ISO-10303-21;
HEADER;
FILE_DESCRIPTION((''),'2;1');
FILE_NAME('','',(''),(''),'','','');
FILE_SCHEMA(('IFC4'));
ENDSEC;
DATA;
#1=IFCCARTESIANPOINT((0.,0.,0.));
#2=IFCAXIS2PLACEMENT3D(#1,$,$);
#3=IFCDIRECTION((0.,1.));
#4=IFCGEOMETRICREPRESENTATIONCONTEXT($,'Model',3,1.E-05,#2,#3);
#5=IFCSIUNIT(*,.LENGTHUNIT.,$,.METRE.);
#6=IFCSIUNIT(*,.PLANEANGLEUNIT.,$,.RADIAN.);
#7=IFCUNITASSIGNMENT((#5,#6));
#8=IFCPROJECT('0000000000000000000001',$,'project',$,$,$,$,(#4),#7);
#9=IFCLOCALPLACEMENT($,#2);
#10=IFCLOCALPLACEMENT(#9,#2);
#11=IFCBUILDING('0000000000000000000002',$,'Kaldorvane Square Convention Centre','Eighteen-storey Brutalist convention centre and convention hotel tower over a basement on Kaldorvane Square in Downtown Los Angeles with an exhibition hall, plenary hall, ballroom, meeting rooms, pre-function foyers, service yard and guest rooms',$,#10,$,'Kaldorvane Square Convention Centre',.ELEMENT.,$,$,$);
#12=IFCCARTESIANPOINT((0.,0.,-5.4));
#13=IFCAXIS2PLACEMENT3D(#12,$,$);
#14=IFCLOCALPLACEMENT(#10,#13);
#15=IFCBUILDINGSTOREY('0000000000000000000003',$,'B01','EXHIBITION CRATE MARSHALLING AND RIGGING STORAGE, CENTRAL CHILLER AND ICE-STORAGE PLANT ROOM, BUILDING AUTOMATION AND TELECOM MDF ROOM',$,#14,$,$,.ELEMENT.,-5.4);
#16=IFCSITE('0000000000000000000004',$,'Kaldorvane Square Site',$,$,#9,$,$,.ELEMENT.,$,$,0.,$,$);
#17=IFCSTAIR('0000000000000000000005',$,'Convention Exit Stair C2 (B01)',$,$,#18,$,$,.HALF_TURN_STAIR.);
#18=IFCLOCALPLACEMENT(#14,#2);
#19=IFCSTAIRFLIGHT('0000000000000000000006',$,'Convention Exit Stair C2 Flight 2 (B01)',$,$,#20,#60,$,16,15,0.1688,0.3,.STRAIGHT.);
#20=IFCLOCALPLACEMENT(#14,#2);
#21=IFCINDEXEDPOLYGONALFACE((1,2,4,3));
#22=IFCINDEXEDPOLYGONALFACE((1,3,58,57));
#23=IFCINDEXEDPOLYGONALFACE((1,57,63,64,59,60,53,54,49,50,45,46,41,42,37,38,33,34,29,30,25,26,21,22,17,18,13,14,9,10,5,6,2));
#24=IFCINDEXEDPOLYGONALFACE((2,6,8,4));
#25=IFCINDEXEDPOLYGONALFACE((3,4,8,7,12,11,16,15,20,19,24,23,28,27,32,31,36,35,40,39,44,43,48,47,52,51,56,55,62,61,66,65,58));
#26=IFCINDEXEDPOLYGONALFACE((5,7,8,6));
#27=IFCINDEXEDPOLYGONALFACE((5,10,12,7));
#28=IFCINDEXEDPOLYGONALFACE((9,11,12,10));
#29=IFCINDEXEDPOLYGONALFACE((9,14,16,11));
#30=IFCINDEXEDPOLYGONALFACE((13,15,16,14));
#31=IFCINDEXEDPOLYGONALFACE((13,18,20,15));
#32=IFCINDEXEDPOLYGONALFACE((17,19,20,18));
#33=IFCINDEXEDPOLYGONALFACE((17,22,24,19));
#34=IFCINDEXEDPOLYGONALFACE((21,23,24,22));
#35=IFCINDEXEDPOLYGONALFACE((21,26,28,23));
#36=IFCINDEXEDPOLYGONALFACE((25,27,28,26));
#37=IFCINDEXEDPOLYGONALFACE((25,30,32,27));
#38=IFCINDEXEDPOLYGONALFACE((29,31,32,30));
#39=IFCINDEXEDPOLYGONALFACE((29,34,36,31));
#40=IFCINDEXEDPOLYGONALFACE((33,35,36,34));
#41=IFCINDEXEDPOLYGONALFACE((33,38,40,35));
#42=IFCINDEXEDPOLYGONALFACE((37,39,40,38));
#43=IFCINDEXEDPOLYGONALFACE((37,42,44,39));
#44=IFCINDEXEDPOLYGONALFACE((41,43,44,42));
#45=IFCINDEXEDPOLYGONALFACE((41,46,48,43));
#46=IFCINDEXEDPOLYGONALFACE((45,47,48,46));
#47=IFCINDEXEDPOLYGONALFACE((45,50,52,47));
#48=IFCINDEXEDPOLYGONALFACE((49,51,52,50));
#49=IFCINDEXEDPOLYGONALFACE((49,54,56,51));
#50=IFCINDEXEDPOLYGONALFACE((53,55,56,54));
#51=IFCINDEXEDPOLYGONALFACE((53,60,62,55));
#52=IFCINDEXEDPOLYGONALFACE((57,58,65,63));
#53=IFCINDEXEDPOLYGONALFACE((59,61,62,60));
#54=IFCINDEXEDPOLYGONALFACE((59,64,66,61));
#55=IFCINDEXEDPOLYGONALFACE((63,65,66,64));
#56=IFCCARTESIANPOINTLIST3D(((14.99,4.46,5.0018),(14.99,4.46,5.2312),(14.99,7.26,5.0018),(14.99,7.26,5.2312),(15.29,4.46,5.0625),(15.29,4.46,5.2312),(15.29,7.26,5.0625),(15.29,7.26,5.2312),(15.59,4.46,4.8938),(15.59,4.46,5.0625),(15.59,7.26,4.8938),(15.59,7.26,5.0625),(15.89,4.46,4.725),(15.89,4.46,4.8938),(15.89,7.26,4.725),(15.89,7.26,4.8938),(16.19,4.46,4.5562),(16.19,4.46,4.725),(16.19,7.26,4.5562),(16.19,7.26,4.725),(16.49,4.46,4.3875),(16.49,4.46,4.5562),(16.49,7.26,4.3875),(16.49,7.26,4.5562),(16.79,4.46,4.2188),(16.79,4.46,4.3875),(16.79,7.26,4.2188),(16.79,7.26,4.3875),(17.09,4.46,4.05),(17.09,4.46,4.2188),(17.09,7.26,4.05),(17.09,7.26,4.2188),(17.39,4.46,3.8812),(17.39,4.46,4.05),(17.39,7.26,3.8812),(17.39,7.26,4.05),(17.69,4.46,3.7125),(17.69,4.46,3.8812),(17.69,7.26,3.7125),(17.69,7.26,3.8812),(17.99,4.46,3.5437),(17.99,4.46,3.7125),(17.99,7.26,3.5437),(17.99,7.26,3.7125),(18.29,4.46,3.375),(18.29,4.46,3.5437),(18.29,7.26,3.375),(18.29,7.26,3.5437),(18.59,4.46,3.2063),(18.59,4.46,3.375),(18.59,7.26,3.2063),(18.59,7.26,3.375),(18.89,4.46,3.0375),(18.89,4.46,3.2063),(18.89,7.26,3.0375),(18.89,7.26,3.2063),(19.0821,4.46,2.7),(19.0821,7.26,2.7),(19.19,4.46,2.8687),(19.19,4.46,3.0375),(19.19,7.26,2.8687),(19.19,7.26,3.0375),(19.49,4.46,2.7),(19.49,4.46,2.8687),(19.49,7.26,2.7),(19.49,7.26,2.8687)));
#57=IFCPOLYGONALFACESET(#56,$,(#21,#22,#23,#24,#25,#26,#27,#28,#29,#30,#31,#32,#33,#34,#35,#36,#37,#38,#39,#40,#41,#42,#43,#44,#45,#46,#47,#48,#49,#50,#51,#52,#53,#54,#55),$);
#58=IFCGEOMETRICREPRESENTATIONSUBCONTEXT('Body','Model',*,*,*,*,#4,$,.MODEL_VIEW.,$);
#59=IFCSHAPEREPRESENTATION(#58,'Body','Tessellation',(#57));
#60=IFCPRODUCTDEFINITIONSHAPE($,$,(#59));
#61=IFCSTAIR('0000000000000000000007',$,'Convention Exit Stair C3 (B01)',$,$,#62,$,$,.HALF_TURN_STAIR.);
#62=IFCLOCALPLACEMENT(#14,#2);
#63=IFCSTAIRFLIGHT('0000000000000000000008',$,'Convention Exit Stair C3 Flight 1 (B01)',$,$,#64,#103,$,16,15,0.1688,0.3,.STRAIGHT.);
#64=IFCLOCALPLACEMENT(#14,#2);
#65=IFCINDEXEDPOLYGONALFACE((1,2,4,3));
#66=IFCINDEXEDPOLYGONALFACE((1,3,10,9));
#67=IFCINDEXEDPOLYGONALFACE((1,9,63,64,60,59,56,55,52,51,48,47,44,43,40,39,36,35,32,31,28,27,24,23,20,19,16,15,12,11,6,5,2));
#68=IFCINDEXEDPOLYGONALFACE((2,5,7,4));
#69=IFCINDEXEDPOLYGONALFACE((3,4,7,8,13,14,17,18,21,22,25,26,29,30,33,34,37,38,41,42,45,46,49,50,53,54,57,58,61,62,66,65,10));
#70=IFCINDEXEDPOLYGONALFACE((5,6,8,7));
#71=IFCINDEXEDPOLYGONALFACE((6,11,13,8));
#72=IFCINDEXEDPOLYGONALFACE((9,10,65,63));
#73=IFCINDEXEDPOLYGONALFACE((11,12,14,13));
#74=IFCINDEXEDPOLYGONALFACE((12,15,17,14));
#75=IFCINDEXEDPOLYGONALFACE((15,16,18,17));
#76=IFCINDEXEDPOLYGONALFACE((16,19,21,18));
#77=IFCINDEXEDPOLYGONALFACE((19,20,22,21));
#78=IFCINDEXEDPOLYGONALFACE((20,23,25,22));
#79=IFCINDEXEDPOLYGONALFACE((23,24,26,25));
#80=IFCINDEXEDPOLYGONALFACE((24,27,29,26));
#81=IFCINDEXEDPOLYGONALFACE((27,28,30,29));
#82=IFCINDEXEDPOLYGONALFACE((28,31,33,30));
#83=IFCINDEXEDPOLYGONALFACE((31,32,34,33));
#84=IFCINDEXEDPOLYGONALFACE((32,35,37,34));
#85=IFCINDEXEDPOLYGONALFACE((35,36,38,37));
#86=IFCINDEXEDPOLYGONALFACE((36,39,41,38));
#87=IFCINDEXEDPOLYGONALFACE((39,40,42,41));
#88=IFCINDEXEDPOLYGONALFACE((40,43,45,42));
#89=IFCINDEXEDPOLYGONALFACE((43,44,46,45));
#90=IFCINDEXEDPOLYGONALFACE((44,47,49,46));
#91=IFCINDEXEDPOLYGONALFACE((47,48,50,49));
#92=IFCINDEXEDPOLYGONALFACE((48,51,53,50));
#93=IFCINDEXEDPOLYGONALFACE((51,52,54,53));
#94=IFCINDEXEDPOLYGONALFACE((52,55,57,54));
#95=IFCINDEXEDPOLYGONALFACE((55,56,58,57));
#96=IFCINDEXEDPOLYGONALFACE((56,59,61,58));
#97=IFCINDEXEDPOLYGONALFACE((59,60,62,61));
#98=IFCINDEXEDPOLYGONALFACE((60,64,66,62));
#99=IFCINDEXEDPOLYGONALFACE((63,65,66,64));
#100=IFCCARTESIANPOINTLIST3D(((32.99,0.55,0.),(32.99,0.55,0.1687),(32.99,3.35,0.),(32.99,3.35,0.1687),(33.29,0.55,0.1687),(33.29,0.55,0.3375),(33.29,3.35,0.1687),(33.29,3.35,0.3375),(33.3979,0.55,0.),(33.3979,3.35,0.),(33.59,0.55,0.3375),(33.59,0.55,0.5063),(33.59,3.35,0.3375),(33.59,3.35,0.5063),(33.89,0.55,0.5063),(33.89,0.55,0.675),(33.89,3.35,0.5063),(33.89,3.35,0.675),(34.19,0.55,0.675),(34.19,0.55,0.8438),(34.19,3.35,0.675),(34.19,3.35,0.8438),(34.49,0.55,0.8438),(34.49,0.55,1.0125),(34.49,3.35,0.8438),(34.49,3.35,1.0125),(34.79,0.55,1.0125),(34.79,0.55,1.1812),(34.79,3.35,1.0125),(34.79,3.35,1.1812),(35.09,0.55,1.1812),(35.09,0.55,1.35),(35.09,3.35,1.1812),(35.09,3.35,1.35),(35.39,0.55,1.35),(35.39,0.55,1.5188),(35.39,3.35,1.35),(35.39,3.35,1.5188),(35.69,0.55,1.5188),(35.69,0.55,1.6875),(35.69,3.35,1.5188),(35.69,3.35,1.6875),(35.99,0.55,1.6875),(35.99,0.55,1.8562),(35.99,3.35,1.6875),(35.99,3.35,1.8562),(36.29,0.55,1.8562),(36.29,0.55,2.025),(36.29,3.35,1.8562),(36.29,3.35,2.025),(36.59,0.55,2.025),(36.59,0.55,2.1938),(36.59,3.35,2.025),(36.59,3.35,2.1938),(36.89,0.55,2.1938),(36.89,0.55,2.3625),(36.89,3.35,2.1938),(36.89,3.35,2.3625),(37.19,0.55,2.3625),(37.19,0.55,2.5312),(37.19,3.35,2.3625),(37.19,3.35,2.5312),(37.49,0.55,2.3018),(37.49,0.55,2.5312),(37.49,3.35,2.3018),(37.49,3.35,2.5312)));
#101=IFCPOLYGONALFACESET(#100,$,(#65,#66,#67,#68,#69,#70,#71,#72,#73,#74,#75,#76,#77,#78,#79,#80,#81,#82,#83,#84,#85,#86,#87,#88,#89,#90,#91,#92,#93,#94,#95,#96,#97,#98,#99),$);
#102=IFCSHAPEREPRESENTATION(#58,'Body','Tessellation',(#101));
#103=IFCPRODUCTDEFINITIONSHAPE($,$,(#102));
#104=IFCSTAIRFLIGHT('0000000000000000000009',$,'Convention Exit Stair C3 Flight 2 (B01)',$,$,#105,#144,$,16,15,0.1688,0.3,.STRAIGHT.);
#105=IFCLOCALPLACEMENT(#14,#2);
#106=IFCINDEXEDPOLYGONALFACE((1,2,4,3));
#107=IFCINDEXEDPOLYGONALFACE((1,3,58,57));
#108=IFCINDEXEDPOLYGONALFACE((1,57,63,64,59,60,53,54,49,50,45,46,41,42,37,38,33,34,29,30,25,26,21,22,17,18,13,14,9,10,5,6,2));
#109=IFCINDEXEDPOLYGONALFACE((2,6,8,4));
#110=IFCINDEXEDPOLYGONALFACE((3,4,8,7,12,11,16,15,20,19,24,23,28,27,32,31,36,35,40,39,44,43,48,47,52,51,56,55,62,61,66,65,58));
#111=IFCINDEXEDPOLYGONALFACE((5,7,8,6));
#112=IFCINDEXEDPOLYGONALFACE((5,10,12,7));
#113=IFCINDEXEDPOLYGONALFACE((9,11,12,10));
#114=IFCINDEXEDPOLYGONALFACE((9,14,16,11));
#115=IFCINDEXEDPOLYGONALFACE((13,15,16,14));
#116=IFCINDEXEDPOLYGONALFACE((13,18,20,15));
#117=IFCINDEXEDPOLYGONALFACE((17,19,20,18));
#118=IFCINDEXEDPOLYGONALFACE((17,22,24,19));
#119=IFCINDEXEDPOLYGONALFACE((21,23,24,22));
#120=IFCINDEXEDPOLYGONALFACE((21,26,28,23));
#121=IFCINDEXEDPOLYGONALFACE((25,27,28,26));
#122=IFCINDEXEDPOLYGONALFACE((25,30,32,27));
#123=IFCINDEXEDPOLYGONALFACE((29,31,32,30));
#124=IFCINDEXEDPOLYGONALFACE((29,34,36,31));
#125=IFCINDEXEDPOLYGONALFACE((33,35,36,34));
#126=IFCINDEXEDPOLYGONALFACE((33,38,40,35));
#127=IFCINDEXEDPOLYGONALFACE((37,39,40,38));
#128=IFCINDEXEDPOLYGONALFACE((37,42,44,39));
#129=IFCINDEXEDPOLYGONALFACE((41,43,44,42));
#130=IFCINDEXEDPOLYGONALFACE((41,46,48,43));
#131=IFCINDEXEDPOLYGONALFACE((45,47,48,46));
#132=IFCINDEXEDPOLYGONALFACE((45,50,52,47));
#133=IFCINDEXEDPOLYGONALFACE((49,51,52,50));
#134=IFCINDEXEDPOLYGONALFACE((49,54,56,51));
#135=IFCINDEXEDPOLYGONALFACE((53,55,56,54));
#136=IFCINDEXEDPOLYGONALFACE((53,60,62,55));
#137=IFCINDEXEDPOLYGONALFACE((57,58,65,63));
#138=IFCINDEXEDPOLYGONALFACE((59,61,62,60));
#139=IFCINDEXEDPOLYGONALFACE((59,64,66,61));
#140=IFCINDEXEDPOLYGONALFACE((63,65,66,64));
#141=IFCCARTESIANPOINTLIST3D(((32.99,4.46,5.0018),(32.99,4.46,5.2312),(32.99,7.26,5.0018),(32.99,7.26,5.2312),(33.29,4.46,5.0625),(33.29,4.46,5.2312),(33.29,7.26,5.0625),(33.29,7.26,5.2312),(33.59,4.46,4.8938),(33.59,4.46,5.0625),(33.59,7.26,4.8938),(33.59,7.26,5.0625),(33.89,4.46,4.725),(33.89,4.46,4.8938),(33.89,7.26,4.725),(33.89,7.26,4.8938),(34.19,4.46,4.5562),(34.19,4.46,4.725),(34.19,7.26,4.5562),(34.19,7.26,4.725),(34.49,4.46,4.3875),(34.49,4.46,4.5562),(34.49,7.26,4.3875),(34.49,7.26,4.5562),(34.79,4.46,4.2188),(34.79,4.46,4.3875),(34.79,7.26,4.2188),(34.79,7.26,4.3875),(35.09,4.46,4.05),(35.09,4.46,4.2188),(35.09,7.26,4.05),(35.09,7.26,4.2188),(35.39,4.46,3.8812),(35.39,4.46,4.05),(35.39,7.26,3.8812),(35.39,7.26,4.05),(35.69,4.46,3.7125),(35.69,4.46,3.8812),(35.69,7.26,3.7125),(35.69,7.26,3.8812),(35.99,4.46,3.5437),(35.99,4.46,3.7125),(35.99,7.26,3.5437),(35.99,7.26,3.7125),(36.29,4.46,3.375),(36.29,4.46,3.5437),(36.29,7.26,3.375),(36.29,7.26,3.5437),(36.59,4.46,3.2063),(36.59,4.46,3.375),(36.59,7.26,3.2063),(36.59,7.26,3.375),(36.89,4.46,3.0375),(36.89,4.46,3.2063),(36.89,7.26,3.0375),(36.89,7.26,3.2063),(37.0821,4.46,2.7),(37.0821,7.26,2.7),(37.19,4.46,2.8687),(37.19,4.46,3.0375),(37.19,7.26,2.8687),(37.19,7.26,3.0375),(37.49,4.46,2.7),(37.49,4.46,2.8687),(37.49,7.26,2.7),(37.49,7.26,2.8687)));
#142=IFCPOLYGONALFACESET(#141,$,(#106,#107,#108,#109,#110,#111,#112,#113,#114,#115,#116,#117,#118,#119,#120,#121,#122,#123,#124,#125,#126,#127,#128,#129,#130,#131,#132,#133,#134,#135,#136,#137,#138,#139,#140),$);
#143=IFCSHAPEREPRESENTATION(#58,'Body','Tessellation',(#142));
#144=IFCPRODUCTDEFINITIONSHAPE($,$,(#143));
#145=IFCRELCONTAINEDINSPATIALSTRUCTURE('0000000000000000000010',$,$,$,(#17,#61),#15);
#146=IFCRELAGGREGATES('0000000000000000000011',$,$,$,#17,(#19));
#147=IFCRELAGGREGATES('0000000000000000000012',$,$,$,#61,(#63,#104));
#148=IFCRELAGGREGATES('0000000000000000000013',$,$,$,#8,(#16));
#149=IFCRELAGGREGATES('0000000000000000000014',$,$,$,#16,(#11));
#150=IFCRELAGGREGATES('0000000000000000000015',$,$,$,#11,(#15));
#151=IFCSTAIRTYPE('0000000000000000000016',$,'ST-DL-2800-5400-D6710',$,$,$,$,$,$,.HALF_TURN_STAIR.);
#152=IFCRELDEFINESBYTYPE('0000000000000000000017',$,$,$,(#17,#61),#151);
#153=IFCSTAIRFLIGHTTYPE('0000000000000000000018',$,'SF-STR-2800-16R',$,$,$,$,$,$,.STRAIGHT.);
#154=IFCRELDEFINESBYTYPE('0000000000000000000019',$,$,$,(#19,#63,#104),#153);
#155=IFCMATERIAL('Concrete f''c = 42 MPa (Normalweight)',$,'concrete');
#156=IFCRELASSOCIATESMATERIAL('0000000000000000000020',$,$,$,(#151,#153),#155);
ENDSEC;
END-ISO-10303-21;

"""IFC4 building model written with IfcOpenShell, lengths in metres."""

from ifc_helpers import new_model, si_unit, direction, frame, origin, place, context, subcontext, project, spatial, polyline, outline, extrude, material, type_object, element, aggregate, save


model = new_model("IFC4")

# Units and contexts
model_context = context("Model", 3, precision=1e-05, world=origin(), true_north=direction((0.0, 1.0)))
body_context = subcontext(model_context, "Body", "Model", "MODEL_VIEW")
ifc_project = project(units=[si_unit("LENGTHUNIT", "METRE"), si_unit("PLANEANGLEUNIT", "RADIAN")], contexts=[model_context])

# Site, building, storey
site_placement = place(None, origin())
site = spatial("IfcSite", under=ifc_project, at=site_placement, Name="Kaldorvane Square Site", CompositionType="ELEMENT", RefElevation=0.0)
building_placement = place(site_placement, origin())
building = spatial("IfcBuilding", under=site, at=building_placement, Name="Kaldorvane Square Convention Centre", Description="Eighteen-storey Brutalist convention centre and convention hotel tower over a basement on Kaldorvane Square in Downtown Los Angeles with an exhibition hall, plenary hall, ballroom, meeting rooms, pre-function foyers, service yard and guest rooms", LongName="Kaldorvane Square Convention Centre", CompositionType="ELEMENT")
storey_placement = place(building_placement, frame((0.0, 0.0, -5.4)))
storey = spatial("IfcBuildingStorey", under=building, at=storey_placement, Name="B01", Description="EXHIBITION CRATE MARSHALLING AND RIGGING STORAGE, CENTRAL CHILLER AND ICE-STORAGE PLANT ROOM, BUILDING AUTOMATION AND TELECOM MDF ROOM", CompositionType="ELEMENT", Elevation=-5.4)

# Shared definitions
ifc_material_1 = material(Name="Concrete f'c = 42 MPa (Normalweight)", Category="concrete")

# Stairs, stair flights
stair_type = type_object("IfcStairType", Name="ST-DL-2800-5400-D6710", PredefinedType="HALF_TURN_STAIR", material=ifc_material_1)
stair_1_placement = place(storey_placement, origin())
stair_1 = element("IfcStair", 1, at=stair_1_placement, inside=storey, type_object=stair_type, Name="Convention Exit Stair C2 (B01)", PredefinedType="HALF_TURN_STAIR")
stair_flight_type = type_object("IfcStairFlightType", Name="SF-STR-2800-16R", PredefinedType="STRAIGHT", material=ifc_material_1)
stair_flight_1_placement = place(storey_placement, frame((19.49, 5.86, 2.7), z_axis=(0.0, 0.0, 1.0), x_axis=(-1.0, 0.0, 0.0)))
stair_flight_1 = element("IfcStairFlight", 2, at=stair_flight_1_placement, type_object=stair_flight_type, Name="Convention Exit Stair C2 Flight 2 (B01)", NumberOfRisers=16, NumberOfTreads=15, PredefinedType="STRAIGHT", RiserHeight=0.1688, TreadLength=0.3, context=body_context, shape_type="SweptSolid", body=[
    extrude(outline(polyline([(0.0, 0.0), (0.0, 0.1687), (0.3, 0.1687), (0.3, 0.3375), (0.6, 0.3375), (0.6, 0.5063), (0.9, 0.5063), (0.9, 0.675), (1.2, 0.675), (1.2, 0.8438), (1.5, 0.8438), (1.5, 1.0125), (1.8, 1.0125), (1.8, 1.1812), (2.1, 1.1812), (2.1, 1.35), (2.4, 1.35), (2.4, 1.5188), (2.7, 1.5188), (2.7, 1.6875), (3.0, 1.6875), (3.0, 1.8562), (3.3, 1.8562), (3.3, 2.025), (3.6, 2.025), (3.6, 2.1938), (3.9, 2.1938), (3.9, 2.3625), (4.2, 2.3625), (4.2, 2.5312), (4.5, 2.5312), (4.5, 2.7), (4.5, 2.3018), (0.4079, 0.0), (0.0, 0.0)])), frame((0.0, 1.4, 0.0), z_axis=(0.0, -1.0, 0.0), x_axis=(1.0, 0.0, 0.0)), (0.0, 0.0, 1.0), 2.8),
])
aggregate(stair_1, [stair_flight_1])
stair_2_placement = place(storey_placement, origin())
stair_2 = element("IfcStair", 3, at=stair_2_placement, inside=storey, type_object=stair_type, Name="Convention Exit Stair C3 (B01)", PredefinedType="HALF_TURN_STAIR")
stair_flight_2_placement = place(storey_placement, frame((32.99, 1.95, 0.0), z_axis=(0.0, 0.0, 1.0), x_axis=(1.0, 0.0, 0.0)))
stair_flight_2 = element("IfcStairFlight", 4, at=stair_flight_2_placement, type_object=stair_flight_type, Name="Convention Exit Stair C3 Flight 1 (B01)", NumberOfRisers=16, NumberOfTreads=15, PredefinedType="STRAIGHT", RiserHeight=0.1688, TreadLength=0.3, context=body_context, shape_type="SweptSolid", body=[
    extrude(outline(polyline([(0.0, 0.0), (0.0, 0.1687), (0.3, 0.1687), (0.3, 0.3375), (0.6, 0.3375), (0.6, 0.5063), (0.9, 0.5063), (0.9, 0.675), (1.2, 0.675), (1.2, 0.8438), (1.5, 0.8438), (1.5, 1.0125), (1.8, 1.0125), (1.8, 1.1812), (2.1, 1.1812), (2.1, 1.35), (2.4, 1.35), (2.4, 1.5188), (2.7, 1.5188), (2.7, 1.6875), (3.0, 1.6875), (3.0, 1.8562), (3.3, 1.8562), (3.3, 2.025), (3.6, 2.025), (3.6, 2.1938), (3.9, 2.1938), (3.9, 2.3625), (4.2, 2.3625), (4.2, 2.5312), (4.5, 2.5312), (4.5, 2.7), (4.5, 2.3018), (0.4079, 0.0), (0.0, 0.0)])), frame((0.0, 1.4, 0.0), z_axis=(0.0, -1.0, 0.0), x_axis=(1.0, 0.0, 0.0)), (0.0, 0.0, 1.0), 2.8),
])
stair_flight_3_placement = place(storey_placement, frame((37.49, 5.86, 2.7), z_axis=(0.0, 0.0, 1.0), x_axis=(-1.0, 0.0, 0.0)))
stair_flight_3 = element("IfcStairFlight", 5, at=stair_flight_3_placement, type_object=stair_flight_type, Name="Convention Exit Stair C3 Flight 2 (B01)", NumberOfRisers=16, NumberOfTreads=15, PredefinedType="STRAIGHT", RiserHeight=0.1688, TreadLength=0.3, context=body_context, shape_type="SweptSolid", body=[
    extrude(outline(polyline([(0.0, 0.0), (0.0, 0.1687), (0.3, 0.1687), (0.3, 0.3375), (0.6, 0.3375), (0.6, 0.5063), (0.9, 0.5063), (0.9, 0.675), (1.2, 0.675), (1.2, 0.8438), (1.5, 0.8438), (1.5, 1.0125), (1.8, 1.0125), (1.8, 1.1812), (2.1, 1.1812), (2.1, 1.35), (2.4, 1.35), (2.4, 1.5188), (2.7, 1.5188), (2.7, 1.6875), (3.0, 1.6875), (3.0, 1.8562), (3.3, 1.8562), (3.3, 2.025), (3.6, 2.025), (3.6, 2.1938), (3.9, 2.1938), (3.9, 2.3625), (4.2, 2.3625), (4.2, 2.5312), (4.5, 2.5312), (4.5, 2.7), (4.5, 2.3018), (0.4079, 0.0), (0.0, 0.0)])), frame((0.0, 1.4, 0.0), z_axis=(0.0, -1.0, 0.0), x_axis=(1.0, 0.0, 0.0)), (0.0, 0.0, 1.0), 2.8),
])
aggregate(stair_2, [stair_flight_2, stair_flight_3])

save(model, "model.ifc")
